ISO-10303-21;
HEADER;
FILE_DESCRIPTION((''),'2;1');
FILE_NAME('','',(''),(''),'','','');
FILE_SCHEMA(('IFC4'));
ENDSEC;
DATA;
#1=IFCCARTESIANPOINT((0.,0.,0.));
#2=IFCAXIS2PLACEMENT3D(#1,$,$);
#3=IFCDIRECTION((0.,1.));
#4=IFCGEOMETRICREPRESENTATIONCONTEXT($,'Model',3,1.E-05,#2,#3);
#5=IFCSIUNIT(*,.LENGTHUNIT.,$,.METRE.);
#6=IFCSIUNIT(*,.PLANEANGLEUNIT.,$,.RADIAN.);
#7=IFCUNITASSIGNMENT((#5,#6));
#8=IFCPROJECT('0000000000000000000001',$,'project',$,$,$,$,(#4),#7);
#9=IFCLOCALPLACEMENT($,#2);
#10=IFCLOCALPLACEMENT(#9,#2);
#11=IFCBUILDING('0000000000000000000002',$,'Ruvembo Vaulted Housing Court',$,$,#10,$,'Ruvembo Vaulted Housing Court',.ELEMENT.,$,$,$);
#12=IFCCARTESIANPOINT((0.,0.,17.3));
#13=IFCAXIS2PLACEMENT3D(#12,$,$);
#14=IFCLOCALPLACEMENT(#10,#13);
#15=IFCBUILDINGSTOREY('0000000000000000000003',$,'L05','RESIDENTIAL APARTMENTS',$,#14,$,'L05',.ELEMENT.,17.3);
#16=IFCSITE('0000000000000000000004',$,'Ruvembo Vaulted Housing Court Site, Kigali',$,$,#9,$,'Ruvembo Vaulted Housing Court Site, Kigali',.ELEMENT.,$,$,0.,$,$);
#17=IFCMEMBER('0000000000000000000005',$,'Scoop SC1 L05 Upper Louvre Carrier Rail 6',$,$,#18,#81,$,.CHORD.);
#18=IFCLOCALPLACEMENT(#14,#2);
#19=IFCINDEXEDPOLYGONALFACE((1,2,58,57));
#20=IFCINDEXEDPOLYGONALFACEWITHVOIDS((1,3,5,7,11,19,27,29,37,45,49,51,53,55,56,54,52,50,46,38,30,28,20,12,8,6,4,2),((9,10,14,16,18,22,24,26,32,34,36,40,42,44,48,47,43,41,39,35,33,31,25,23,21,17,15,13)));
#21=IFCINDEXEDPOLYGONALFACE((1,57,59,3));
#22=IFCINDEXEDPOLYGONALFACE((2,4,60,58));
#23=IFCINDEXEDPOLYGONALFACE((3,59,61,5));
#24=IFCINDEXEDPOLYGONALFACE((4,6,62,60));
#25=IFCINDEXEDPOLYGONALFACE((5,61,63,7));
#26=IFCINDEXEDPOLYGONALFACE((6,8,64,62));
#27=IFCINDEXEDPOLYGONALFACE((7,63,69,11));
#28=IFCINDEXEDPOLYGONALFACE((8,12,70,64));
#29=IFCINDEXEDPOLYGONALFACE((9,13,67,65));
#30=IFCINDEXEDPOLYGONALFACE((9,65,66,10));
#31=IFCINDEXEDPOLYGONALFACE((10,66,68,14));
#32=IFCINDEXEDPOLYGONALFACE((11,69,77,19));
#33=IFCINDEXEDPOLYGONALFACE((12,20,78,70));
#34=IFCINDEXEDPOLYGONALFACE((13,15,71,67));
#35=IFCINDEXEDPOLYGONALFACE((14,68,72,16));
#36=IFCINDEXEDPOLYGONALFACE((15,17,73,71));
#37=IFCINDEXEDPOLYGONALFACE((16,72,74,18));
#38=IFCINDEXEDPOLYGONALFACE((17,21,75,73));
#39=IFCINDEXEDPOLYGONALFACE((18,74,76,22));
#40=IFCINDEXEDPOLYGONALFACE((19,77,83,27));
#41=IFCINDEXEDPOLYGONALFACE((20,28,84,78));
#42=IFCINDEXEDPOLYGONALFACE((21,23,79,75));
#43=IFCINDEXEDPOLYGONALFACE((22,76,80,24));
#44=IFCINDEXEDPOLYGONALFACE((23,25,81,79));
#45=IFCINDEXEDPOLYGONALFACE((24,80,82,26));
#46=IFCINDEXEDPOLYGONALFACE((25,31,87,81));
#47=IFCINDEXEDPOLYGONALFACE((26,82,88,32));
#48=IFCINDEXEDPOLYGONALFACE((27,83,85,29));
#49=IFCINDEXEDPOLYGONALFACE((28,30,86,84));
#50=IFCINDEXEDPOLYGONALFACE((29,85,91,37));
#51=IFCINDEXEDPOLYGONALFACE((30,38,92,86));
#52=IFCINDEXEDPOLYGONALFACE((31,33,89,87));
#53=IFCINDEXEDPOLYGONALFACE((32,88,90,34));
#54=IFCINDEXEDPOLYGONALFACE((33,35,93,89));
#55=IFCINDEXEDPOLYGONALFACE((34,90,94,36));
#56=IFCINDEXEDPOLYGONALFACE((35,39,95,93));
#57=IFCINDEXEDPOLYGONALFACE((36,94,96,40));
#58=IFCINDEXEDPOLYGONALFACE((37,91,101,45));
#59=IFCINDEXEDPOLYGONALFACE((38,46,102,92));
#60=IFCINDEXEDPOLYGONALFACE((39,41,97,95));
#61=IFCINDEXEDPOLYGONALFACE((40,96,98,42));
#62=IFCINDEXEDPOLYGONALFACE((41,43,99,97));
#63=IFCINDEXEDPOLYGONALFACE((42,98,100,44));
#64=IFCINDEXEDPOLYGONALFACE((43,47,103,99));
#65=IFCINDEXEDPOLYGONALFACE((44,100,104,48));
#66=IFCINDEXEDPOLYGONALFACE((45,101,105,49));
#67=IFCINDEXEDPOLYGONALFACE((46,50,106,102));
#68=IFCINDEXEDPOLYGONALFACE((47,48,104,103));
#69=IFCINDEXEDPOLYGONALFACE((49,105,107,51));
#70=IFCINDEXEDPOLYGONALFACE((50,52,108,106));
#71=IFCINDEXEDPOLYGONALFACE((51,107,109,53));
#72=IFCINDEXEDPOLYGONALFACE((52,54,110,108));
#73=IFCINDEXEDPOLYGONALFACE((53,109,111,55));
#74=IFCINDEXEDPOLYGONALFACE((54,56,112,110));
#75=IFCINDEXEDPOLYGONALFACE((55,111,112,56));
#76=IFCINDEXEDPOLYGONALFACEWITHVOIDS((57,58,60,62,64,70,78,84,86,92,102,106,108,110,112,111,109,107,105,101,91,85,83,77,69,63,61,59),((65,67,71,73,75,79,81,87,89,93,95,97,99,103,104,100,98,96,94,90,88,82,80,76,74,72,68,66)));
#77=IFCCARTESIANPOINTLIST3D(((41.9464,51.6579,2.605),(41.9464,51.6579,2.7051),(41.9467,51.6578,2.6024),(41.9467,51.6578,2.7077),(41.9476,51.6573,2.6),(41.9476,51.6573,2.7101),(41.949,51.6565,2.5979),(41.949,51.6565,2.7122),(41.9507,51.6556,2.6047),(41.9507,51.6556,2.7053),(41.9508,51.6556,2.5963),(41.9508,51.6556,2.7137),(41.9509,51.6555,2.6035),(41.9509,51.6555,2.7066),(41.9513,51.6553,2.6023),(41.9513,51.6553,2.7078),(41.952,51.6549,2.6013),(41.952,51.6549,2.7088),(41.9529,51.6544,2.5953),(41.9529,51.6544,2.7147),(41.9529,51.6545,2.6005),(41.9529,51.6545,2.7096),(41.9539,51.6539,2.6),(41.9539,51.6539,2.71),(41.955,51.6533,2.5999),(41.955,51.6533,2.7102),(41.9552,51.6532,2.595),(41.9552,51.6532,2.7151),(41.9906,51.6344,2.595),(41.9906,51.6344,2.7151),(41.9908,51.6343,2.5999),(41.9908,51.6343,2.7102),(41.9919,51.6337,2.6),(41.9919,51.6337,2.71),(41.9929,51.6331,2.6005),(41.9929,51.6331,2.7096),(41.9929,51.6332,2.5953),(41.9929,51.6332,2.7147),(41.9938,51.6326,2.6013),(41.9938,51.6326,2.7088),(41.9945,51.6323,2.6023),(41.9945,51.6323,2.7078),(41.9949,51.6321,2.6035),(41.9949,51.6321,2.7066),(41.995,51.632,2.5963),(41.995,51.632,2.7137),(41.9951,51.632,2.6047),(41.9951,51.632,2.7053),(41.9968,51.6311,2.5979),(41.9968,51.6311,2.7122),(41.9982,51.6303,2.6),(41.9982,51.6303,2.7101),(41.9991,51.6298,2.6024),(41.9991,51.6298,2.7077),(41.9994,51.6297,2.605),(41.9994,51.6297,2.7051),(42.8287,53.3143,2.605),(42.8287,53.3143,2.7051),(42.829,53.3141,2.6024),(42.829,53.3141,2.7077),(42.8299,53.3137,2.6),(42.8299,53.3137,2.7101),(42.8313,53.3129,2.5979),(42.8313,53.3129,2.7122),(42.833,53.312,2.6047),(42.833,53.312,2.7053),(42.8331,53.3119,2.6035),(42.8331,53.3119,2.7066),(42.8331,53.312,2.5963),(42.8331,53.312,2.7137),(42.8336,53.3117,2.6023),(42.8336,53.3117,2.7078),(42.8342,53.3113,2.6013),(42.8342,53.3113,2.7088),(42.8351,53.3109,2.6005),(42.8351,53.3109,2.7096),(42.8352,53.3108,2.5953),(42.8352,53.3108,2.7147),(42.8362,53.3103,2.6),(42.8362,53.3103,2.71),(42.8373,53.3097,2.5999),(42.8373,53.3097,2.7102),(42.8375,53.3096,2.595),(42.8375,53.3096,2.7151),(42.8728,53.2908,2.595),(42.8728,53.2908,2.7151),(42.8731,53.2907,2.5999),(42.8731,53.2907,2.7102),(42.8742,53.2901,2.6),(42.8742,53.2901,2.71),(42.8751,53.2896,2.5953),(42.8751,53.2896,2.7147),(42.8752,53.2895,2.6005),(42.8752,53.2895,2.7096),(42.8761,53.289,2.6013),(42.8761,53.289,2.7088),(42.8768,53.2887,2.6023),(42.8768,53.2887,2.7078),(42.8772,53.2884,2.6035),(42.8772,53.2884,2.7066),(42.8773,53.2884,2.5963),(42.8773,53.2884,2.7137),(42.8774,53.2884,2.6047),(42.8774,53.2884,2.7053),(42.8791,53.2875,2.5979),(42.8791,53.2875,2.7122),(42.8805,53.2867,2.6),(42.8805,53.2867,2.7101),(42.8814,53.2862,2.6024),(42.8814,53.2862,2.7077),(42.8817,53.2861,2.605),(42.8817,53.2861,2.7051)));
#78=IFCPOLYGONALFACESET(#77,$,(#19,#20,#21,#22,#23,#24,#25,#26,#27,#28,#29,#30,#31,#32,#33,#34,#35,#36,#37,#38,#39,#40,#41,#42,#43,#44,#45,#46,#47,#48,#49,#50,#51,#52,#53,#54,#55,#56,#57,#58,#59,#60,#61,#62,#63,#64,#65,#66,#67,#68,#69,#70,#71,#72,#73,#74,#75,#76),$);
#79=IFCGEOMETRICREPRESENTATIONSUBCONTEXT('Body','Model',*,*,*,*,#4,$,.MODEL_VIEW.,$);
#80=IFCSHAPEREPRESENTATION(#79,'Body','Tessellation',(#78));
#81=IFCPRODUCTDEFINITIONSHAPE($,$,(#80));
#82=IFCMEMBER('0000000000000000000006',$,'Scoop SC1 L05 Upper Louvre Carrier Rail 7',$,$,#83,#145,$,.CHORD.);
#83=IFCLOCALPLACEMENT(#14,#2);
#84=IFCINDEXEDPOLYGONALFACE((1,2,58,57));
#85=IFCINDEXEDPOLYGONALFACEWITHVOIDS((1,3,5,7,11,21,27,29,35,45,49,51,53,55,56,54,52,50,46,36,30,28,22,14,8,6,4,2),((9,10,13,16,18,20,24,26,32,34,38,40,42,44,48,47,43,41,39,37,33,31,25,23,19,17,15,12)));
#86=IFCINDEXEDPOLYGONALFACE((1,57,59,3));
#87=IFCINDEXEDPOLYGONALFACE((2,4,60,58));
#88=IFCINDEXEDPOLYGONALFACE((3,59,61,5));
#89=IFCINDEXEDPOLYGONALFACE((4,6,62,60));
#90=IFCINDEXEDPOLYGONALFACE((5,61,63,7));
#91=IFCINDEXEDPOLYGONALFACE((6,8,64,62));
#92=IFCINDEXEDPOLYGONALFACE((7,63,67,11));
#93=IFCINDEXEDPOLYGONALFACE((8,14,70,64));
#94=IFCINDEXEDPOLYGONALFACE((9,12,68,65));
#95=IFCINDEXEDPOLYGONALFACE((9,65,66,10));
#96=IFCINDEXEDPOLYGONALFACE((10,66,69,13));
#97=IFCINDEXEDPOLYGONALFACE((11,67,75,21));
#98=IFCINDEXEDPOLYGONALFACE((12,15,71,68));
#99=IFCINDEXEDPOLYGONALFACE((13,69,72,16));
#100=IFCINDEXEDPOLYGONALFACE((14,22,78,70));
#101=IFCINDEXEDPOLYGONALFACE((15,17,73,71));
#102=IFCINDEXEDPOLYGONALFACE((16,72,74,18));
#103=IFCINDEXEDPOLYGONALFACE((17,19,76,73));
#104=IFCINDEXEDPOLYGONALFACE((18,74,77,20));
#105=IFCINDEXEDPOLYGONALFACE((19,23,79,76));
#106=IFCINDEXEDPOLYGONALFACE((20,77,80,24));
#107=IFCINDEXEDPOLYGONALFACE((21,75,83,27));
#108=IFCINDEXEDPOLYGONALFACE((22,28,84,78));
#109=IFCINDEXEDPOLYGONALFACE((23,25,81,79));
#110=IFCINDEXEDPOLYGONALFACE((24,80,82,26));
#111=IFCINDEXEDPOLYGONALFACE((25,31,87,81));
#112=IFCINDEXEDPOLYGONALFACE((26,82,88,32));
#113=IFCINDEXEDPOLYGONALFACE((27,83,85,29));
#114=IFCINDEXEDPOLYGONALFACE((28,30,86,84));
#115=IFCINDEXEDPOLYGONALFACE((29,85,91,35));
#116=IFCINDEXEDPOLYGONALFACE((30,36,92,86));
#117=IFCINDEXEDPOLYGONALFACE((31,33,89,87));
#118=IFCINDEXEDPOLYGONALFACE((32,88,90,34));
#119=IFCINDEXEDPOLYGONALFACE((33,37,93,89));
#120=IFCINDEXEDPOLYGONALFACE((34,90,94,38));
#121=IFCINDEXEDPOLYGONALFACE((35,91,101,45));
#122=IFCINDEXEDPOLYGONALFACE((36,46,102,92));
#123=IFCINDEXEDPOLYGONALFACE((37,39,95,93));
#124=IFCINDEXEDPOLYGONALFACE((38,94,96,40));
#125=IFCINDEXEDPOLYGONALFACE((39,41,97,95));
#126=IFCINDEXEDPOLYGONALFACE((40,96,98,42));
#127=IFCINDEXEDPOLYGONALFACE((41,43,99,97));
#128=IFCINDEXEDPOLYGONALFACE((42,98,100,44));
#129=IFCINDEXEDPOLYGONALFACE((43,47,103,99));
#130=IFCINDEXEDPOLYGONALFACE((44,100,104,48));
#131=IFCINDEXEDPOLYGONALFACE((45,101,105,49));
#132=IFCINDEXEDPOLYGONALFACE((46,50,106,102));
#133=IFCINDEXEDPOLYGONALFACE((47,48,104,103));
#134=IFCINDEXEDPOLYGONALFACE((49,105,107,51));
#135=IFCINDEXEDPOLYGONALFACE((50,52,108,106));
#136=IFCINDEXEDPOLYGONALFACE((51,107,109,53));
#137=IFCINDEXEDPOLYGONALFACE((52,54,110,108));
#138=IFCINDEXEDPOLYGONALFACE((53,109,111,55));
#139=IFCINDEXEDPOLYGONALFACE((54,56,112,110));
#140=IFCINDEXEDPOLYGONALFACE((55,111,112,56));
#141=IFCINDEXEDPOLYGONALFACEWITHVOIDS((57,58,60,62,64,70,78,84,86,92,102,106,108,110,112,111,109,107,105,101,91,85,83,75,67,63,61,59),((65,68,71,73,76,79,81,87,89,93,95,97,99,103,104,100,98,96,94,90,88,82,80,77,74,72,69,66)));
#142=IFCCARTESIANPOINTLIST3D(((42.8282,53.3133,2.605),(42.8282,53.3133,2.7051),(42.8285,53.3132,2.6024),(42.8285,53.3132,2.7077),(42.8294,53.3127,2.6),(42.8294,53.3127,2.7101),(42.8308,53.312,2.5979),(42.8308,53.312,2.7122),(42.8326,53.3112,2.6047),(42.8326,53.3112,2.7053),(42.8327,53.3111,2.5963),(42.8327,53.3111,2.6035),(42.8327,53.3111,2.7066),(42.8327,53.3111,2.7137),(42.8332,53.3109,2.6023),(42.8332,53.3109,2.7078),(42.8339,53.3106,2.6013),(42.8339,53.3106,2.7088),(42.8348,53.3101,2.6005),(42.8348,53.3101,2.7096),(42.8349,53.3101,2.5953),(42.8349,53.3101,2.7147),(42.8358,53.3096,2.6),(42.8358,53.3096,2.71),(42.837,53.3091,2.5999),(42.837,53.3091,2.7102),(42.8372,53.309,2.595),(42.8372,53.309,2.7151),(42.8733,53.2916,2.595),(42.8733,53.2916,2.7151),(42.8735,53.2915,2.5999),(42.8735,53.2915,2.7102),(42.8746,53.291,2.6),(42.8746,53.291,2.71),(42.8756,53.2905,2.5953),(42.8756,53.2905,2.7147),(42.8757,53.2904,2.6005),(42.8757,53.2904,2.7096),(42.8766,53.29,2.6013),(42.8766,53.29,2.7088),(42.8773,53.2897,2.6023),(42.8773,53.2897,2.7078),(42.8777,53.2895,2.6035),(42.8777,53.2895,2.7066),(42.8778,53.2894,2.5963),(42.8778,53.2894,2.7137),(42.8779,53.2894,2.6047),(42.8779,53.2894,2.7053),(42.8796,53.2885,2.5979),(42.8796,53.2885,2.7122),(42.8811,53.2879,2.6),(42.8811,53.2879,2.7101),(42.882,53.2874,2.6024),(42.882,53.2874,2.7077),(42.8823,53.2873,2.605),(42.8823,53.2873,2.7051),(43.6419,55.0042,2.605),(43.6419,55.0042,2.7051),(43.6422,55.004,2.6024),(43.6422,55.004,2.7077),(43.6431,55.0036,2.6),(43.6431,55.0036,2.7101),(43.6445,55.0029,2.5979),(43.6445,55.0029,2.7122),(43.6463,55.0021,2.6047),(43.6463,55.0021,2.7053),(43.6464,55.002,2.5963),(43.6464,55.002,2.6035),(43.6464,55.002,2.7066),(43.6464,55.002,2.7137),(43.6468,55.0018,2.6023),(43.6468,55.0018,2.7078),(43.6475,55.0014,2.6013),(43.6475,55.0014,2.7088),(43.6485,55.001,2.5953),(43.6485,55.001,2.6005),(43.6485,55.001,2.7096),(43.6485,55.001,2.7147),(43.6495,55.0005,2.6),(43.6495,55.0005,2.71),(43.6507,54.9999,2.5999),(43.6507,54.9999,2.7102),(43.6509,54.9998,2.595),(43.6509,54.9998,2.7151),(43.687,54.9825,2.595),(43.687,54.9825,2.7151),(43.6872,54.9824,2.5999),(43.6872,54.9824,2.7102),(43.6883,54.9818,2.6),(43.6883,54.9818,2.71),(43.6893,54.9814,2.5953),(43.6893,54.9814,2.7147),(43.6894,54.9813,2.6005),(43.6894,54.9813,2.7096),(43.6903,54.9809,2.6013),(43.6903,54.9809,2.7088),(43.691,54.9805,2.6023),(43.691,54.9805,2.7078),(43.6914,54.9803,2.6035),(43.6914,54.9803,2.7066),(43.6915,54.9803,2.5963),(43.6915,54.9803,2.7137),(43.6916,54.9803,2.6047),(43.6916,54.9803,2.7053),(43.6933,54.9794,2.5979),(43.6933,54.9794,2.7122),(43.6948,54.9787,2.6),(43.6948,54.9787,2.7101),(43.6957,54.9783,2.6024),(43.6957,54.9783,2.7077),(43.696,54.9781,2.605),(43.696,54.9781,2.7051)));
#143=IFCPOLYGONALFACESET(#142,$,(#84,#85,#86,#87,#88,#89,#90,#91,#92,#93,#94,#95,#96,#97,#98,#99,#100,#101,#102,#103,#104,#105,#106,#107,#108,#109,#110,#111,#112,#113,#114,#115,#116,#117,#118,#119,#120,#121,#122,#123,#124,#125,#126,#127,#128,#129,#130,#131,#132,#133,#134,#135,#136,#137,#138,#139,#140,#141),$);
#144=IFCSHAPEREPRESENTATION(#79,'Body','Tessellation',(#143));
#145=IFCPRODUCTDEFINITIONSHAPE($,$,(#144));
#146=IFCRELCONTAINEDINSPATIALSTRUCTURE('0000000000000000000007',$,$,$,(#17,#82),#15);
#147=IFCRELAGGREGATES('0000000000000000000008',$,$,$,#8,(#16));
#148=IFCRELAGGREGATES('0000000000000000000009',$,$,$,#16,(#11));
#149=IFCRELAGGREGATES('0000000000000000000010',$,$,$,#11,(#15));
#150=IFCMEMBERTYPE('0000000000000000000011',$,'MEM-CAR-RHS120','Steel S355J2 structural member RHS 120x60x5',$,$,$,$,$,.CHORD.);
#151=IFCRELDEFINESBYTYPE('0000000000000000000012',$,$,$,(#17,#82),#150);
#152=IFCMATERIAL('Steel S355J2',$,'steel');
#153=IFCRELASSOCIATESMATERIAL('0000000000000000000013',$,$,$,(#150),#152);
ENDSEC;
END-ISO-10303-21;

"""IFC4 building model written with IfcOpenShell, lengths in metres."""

from ifc_helpers import new_model, si_unit, direction, frame, origin, origin_2d, place, context, subcontext, project, spatial, hollow_rectangle, extrude, material, material_profile, profile_set, type_object, element, save


model = new_model("IFC4")

# Units and contexts
model_context = context("Model", 3, precision=1e-05, world=origin(), true_north=direction((0.0, 1.0)))
body_context = subcontext(model_context, "Body", "Model", "MODEL_VIEW")
ifc_project = project(units=[si_unit("LENGTHUNIT", "METRE"), si_unit("PLANEANGLEUNIT", "RADIAN")], contexts=[model_context])

# Site, building, storey
site_placement = place(None, origin())
site = spatial("IfcSite", under=ifc_project, at=site_placement, Name="Ruvembo Vaulted Housing Court Site, Kigali", LongName="Ruvembo Vaulted Housing Court Site, Kigali", CompositionType="ELEMENT", RefElevation=0.0)
building_placement = place(site_placement, origin())
building = spatial("IfcBuilding", under=site, at=building_placement, Name="Ruvembo Vaulted Housing Court", LongName="Ruvembo Vaulted Housing Court", CompositionType="ELEMENT")
storey_placement = place(building_placement, frame((0.0, 0.0, 17.3)))
storey = spatial("IfcBuildingStorey", under=building, at=storey_placement, Name="L05", Description="RESIDENTIAL APARTMENTS", LongName="L05", CompositionType="ELEMENT", Elevation=17.3)

# Shared definitions
ifc_material_1 = material(Name="Steel S355J2", Category="steel")

# Members
ifc_material_profile_1 = material_profile(ifc_material_1, hollow_rectangle(XDim=0.0601, YDim=0.1201, WallThickness=0.0049, InnerFilletRadius=0.0049, OuterFilletRadius=0.01, at=origin_2d()), Name="RHS 120x60x5")
ifc_profile_set_1 = profile_set([ifc_material_profile_1], Name="Steel S355J2")
member_type_1 = type_object("IfcMemberType", Name="MEM-CAR-RHS120", Description="Steel S355J2 structural member RHS 120x60x5", PredefinedType="CHORD", material=ifc_profile_set_1)
member_1_placement = place(storey_placement, frame((41.9729, 51.6438, 2.655), z_axis=(0.470116, 0.882605, 0.0), x_axis=(-0.882605, 0.470116, 0.0)))
element("IfcMember", 1, at=member_1_placement, inside=storey, type_object=member_type_1, Name="Scoop SC1 L05 Upper Louvre Carrier Rail 6", PredefinedType="CHORD", context=body_context, shape_type="SweptSolid", body=[
    extrude(hollow_rectangle(XDim=0.0601, YDim=0.1201, WallThickness=0.0049, InnerFilletRadius=0.0049, OuterFilletRadius=0.01, at=origin_2d()), origin(), (0.0, 0.0, 1.0), 1.8767),
])
for number, where, z_axis, x_axis, name in (
    (2, (42.8552, 53.3003, 2.655), (0.433632, 0.90109, 0.0), (-0.90109, 0.433632, 0.0), "Scoop SC1 L05 Upper Louvre Carrier Rail 7"),
):
    element("IfcMember", number, at=place(storey_placement, frame(where, z_axis=z_axis, x_axis=x_axis)), inside=storey, type_object=member_type_1, Name=name, PredefinedType="CHORD", context=body_context, shape_type="SweptSolid", body=[
        extrude(hollow_rectangle(XDim=0.0601, YDim=0.1201, WallThickness=0.0049, InnerFilletRadius=0.0049, OuterFilletRadius=0.01, at=origin_2d()), origin(), (0.0, 0.0, 1.0), 1.8765),
    ])

save(model, "model.ifc")
